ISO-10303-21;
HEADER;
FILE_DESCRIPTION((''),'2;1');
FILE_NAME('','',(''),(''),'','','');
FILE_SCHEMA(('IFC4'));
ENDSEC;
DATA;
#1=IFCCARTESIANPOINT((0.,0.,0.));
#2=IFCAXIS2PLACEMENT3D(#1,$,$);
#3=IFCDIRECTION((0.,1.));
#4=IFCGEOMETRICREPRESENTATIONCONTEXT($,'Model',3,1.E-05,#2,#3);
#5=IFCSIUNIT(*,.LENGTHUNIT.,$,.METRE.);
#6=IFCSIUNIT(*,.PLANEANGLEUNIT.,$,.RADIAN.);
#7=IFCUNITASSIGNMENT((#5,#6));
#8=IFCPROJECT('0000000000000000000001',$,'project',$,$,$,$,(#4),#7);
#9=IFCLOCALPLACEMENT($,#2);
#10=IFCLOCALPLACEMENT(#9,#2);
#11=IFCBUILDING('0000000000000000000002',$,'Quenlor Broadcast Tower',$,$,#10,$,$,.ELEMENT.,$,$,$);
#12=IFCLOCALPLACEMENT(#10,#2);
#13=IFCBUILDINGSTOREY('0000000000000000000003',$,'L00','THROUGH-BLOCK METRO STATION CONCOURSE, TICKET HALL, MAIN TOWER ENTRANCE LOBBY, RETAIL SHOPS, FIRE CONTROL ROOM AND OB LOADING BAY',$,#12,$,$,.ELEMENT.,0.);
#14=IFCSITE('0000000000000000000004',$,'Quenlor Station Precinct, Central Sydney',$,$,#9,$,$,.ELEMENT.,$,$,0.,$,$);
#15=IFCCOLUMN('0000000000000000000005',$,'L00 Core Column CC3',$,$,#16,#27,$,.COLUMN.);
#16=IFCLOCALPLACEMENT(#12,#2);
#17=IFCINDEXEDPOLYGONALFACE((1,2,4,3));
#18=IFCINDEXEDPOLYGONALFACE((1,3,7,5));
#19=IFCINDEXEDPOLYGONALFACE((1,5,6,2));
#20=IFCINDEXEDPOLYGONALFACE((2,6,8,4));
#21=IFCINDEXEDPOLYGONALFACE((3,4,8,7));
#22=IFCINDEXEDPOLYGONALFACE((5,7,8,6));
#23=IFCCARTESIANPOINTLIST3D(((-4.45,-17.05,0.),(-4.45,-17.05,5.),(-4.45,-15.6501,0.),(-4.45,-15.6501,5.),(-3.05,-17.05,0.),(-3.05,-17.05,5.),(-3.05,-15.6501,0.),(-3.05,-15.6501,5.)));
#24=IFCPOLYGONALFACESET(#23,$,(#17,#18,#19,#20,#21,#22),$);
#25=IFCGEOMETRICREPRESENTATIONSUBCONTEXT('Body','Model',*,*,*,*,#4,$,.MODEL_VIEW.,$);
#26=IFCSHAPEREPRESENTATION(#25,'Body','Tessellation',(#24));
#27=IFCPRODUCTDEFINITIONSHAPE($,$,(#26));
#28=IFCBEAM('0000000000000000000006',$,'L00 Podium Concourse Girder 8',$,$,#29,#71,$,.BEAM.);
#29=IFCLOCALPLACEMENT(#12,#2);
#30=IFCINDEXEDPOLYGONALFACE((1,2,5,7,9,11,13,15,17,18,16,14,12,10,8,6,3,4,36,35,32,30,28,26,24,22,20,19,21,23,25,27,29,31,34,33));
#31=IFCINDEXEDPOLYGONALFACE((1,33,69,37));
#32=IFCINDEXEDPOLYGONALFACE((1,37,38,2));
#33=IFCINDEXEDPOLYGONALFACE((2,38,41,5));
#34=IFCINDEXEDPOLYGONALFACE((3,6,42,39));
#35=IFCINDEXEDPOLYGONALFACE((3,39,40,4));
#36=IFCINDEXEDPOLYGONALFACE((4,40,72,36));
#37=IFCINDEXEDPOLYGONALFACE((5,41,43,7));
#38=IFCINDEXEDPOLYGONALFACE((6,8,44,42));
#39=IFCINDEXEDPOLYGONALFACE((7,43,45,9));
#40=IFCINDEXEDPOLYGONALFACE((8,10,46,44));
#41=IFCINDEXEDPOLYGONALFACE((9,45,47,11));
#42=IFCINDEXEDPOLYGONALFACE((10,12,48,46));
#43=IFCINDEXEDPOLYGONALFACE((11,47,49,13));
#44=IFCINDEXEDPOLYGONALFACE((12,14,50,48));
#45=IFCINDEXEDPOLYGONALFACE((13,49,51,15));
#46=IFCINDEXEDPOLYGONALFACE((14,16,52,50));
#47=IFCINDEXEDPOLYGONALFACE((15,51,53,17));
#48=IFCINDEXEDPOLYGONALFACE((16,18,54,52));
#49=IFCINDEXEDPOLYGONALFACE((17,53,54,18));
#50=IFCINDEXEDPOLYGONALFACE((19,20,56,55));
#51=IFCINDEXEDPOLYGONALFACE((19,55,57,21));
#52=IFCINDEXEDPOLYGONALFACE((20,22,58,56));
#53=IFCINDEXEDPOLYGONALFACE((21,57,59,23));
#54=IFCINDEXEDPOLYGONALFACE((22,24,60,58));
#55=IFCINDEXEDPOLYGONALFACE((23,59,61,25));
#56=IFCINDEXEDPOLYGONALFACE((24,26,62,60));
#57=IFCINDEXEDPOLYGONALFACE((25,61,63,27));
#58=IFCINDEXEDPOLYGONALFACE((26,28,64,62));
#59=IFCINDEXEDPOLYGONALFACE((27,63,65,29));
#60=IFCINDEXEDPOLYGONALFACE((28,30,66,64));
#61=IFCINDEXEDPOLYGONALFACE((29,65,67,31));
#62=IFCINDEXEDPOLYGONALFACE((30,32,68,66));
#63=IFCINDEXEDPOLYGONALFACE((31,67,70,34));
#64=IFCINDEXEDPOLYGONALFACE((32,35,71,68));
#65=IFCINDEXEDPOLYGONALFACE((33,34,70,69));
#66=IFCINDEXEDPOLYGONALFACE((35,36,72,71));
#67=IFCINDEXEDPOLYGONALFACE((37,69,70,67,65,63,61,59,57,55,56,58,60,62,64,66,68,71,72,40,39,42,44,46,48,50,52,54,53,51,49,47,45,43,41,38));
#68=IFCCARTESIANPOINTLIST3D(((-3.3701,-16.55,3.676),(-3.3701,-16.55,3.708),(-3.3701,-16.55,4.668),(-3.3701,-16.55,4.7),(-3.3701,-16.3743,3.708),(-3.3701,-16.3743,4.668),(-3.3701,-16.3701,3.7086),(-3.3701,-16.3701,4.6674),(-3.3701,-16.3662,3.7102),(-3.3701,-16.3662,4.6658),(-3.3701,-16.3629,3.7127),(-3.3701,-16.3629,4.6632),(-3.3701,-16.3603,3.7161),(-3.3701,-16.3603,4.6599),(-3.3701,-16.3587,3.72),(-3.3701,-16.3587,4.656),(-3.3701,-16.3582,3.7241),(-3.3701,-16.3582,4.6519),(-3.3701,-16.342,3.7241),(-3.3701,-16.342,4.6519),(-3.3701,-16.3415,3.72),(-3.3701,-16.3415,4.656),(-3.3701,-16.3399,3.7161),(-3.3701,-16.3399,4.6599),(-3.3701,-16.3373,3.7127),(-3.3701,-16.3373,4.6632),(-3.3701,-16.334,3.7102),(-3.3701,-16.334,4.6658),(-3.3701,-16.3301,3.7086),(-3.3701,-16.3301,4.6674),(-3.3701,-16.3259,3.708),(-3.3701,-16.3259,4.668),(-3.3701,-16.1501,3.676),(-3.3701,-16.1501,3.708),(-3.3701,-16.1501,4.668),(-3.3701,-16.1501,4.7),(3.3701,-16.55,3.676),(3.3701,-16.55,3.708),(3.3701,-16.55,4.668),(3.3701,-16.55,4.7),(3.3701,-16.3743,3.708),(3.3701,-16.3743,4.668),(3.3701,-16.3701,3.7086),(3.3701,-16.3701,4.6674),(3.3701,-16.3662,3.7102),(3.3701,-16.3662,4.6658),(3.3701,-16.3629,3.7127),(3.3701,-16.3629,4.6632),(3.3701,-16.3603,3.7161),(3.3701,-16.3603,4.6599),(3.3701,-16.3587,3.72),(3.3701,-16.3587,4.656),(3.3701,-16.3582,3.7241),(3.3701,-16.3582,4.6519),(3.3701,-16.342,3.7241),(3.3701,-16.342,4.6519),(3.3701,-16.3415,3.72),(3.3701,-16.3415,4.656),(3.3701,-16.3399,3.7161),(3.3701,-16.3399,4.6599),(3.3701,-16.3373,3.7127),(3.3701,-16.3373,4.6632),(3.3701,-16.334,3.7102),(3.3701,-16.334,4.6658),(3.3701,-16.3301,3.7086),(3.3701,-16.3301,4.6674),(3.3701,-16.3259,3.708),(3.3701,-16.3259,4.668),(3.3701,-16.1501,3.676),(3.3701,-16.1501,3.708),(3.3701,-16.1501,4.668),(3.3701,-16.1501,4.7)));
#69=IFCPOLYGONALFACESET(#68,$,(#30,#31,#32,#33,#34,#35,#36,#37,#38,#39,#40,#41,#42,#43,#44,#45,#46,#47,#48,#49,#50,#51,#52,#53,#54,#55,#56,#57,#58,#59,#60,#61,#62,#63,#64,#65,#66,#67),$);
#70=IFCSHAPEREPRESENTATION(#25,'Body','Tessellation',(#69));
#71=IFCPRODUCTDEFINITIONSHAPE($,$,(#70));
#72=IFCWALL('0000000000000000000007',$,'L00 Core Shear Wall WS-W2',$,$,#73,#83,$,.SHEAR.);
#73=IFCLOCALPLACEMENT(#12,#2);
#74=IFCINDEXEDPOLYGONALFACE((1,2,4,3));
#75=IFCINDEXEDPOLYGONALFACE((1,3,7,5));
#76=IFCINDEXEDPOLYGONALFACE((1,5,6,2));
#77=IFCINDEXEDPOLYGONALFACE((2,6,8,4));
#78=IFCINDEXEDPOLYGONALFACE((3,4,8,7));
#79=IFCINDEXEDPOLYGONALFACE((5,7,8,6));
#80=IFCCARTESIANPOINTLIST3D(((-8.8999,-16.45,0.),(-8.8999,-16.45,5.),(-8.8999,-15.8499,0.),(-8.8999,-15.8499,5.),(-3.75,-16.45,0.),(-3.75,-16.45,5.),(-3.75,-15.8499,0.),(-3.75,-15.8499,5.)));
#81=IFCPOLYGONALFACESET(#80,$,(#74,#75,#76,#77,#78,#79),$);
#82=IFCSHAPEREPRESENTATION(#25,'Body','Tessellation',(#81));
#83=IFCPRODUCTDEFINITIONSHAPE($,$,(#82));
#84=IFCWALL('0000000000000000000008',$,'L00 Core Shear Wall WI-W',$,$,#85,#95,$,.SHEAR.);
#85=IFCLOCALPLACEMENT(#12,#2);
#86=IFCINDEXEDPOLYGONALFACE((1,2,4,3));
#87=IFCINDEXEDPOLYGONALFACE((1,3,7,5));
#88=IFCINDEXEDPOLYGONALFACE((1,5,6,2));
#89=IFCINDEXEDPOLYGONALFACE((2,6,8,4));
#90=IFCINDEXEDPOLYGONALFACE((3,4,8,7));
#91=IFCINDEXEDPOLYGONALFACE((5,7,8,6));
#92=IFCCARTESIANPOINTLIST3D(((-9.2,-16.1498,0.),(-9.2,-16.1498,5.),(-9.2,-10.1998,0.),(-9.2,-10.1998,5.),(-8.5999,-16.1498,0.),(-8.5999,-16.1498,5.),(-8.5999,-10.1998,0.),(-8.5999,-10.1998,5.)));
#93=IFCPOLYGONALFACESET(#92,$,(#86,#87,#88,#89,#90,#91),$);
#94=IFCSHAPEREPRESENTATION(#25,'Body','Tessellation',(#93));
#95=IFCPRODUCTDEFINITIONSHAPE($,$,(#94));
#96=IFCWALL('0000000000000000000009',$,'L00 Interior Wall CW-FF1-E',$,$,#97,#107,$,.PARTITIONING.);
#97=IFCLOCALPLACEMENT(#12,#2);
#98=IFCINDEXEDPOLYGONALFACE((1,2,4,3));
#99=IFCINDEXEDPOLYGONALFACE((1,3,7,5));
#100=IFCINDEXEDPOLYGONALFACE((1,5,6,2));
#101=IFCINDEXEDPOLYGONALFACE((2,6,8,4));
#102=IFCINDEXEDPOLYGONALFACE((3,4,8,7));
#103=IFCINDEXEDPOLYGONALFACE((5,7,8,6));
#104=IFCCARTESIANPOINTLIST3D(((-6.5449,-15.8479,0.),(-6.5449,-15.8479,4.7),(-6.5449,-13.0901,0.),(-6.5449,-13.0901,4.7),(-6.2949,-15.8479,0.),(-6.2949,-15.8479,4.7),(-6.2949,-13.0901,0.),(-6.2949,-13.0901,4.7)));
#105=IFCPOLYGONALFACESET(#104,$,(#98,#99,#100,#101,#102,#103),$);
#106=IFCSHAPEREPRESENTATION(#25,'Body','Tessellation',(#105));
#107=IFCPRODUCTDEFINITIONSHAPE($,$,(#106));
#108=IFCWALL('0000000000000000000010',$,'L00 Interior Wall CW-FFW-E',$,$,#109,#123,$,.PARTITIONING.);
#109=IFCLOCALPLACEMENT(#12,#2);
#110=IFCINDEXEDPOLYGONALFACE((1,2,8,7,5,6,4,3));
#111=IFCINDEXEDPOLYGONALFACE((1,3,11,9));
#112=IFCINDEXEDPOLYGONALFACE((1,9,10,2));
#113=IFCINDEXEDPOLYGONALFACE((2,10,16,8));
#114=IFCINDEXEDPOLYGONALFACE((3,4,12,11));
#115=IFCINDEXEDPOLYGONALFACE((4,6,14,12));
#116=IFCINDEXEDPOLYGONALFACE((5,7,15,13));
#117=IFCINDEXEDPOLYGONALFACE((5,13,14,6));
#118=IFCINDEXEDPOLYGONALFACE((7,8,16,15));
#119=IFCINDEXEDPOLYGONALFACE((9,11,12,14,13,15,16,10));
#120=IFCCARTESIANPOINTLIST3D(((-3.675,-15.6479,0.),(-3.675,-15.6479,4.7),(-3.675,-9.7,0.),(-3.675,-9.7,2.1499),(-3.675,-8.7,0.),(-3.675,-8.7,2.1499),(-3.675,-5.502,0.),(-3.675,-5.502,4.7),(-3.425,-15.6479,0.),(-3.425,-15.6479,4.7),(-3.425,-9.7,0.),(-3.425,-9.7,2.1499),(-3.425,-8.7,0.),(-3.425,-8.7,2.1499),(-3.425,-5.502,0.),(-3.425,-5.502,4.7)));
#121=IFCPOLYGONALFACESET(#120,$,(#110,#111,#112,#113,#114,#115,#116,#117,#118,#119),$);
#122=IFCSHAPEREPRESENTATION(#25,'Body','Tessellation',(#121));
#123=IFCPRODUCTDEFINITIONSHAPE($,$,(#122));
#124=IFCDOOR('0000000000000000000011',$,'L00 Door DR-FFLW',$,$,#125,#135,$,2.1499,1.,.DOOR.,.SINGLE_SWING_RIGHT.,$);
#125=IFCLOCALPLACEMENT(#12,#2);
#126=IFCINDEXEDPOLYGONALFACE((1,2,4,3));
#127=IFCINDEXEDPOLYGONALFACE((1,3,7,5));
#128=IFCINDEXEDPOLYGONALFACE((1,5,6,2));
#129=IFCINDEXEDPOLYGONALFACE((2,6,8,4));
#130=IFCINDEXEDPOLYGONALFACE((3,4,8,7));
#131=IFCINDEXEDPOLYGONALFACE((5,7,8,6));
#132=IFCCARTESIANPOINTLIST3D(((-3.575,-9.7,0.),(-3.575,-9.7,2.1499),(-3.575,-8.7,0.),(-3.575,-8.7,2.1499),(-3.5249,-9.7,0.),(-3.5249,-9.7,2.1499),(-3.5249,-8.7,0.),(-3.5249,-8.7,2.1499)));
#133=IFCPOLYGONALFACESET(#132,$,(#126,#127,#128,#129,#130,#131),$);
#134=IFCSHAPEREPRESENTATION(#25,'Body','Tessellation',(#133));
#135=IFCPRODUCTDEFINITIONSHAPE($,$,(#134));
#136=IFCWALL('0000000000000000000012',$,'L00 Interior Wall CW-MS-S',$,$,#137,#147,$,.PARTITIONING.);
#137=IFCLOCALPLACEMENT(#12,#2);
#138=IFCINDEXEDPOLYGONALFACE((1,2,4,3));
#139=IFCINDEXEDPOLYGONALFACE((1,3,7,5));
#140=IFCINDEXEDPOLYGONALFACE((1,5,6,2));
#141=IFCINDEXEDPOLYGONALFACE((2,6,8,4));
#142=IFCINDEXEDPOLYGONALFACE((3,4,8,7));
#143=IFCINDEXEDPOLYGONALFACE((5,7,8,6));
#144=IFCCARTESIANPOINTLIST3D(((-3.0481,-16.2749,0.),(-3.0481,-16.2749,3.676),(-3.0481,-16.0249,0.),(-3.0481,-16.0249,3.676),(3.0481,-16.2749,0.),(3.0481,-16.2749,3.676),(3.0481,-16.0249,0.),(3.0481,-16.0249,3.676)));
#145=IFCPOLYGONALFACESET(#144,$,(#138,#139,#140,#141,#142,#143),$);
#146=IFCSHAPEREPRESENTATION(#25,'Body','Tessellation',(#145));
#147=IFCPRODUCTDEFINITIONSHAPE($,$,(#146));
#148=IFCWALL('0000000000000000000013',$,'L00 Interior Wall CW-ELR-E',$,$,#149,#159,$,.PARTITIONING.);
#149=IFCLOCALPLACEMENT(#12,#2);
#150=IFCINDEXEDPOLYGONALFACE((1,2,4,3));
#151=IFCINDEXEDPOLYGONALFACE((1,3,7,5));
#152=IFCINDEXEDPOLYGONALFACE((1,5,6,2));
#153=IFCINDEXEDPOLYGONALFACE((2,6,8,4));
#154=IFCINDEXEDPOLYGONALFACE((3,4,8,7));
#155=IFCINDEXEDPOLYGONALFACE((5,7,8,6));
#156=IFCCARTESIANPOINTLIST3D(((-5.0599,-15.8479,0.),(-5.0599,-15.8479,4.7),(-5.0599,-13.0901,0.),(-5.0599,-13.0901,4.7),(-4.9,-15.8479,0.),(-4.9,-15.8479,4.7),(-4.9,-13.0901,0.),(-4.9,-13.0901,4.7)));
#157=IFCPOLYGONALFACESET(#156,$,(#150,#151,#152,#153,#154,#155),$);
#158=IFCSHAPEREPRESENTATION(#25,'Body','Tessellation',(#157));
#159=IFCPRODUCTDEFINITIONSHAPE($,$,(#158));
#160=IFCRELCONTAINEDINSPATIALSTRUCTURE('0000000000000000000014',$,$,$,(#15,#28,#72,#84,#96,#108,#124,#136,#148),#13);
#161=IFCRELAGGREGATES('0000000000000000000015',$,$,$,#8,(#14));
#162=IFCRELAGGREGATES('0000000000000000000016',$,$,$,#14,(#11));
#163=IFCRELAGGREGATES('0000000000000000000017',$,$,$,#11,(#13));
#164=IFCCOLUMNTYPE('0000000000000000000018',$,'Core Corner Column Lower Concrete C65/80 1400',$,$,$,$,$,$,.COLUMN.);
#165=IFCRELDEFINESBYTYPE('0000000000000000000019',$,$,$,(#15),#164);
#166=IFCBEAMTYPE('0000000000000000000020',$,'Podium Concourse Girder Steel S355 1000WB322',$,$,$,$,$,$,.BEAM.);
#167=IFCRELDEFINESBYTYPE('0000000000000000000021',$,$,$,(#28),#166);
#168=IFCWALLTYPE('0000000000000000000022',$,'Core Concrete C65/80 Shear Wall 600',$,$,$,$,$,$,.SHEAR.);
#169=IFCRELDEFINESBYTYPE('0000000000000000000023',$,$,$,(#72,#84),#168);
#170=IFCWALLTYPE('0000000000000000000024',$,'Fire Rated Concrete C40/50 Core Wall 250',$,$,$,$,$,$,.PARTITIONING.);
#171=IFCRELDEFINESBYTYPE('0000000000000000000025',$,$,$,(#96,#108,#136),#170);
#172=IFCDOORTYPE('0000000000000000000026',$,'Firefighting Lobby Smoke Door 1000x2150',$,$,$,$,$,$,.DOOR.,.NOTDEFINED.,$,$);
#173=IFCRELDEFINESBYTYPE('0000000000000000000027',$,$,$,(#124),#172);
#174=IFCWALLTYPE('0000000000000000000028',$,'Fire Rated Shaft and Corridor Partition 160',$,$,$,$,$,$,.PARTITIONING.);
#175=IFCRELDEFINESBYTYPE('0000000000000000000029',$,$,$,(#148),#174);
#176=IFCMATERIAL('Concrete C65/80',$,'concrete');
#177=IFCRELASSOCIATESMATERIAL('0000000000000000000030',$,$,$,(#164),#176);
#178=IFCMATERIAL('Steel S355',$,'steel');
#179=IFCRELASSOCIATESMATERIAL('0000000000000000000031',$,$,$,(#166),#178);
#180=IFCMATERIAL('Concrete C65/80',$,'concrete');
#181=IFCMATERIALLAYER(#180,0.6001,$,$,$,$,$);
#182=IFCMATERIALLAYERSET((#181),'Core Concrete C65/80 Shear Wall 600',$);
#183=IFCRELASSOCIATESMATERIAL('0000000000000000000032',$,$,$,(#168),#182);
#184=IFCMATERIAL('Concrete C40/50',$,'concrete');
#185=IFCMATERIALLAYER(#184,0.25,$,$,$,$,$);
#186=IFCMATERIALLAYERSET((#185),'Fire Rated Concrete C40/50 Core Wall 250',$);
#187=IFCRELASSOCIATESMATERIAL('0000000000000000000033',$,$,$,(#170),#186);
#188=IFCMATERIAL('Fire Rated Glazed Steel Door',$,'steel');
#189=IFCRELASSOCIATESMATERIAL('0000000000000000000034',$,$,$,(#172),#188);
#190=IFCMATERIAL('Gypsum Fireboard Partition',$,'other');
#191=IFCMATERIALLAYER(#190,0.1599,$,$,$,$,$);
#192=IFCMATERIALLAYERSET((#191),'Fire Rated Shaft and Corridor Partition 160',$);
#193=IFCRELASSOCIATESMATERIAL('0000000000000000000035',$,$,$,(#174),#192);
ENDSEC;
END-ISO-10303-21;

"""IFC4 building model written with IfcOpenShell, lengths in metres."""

from ifc_helpers import new_model, si_unit, direction, frame, frame_2d, origin, origin_2d, place, context, subcontext, project, spatial, rectangle, i_section, extrude, material, layer, layer_set, material_profile, profile_set, type_object, element, fill, save


model = new_model("IFC4")

# Units and contexts
model_context = context("Model", 3, precision=1e-05, world=origin(), true_north=direction((0.0, 1.0)))
body_context = subcontext(model_context, "Body", "Model", "MODEL_VIEW")
ifc_project = project(units=[si_unit("LENGTHUNIT", "METRE"), si_unit("PLANEANGLEUNIT", "RADIAN")], contexts=[model_context])

# Site, building, storey
site_placement = place(None, origin())
site = spatial("IfcSite", under=ifc_project, at=site_placement, Name="Quenlor Station Precinct, Central Sydney", CompositionType="ELEMENT", RefElevation=0.0)
building_placement = place(site_placement, origin())
building = spatial("IfcBuilding", under=site, at=building_placement, Name="Quenlor Broadcast Tower", CompositionType="ELEMENT")
storey_placement = place(building_placement, origin())
storey = spatial("IfcBuildingStorey", under=building, at=storey_placement, Name="L00", Description="THROUGH-BLOCK METRO STATION CONCOURSE, TICKET HALL, MAIN TOWER ENTRANCE LOBBY, RETAIL SHOPS, FIRE CONTROL ROOM AND OB LOADING BAY", CompositionType="ELEMENT", Elevation=0.0)

# Column
ifc_material_1 = material(Name="Concrete C65/80", Category="concrete")
ifc_material_profile_1 = material_profile(ifc_material_1, rectangle(XDim=1.3999, YDim=1.3999, at=origin_2d()))
ifc_profile_set_1 = profile_set([ifc_material_profile_1], Name="Concrete C65/80 RC1400x1400")
column_type = type_object("IfcColumnType", Name="Core Corner Column Lower Concrete C65/80 1400", PredefinedType="COLUMN", material=ifc_profile_set_1)
column_placement = place(storey_placement, frame((-3.75, -16.3501, 0.0), z_axis=(0.0, 0.0, 1.0), x_axis=(1.0, 0.0, 0.0)))
element("IfcColumn", 1, at=column_placement, inside=storey, type_object=column_type, Name="L00 Core Column CC3", PredefinedType="COLUMN", context=body_context, shape_type="SweptSolid", body=[
    extrude(rectangle(XDim=1.3999, YDim=1.3999, at=origin_2d()), origin(), (0.0, 0.0, 1.0), 5.0),
])

# Beam
ifc_material_2 = material(Name="Steel S355", Category="steel")
ifc_material_profile_2 = material_profile(ifc_material_2, i_section(OverallWidth=0.3999, OverallDepth=1.0239, WebThickness=0.0161, FlangeThickness=0.032, FilletRadius=0.0161, at=origin_2d()))
ifc_profile_set_2 = profile_set([ifc_material_profile_2], Name="Steel S355 1000WB322")
beam_type = type_object("IfcBeamType", Name="Podium Concourse Girder Steel S355 1000WB322", PredefinedType="BEAM", material=ifc_profile_set_2)
beam_placement = place(storey_placement, frame((-3.3701, -16.3501, 4.188), z_axis=(1.0, 0.0, 0.0), x_axis=(0.0, 1.0, 0.0)))
element("IfcBeam", 2, at=beam_placement, inside=storey, type_object=beam_type, Name="L00 Podium Concourse Girder 8", PredefinedType="BEAM", context=body_context, shape_type="SweptSolid", body=[
    extrude(i_section(OverallWidth=0.3999, OverallDepth=1.0239, WebThickness=0.0161, FlangeThickness=0.032, FilletRadius=0.0161, at=origin_2d()), origin(), (0.0, 0.0, 1.0), 6.7402),
])

# Walls
ifc_material_3 = material(Name="Concrete C65/80", Category="concrete")
ifc_layer_1 = layer(ifc_material_3, 0.6001)
ifc_layer_set_1 = layer_set([ifc_layer_1], Name="Core Concrete C65/80 Shear Wall 600")
wall_type_1 = type_object("IfcWallType", Name="Core Concrete C65/80 Shear Wall 600", PredefinedType="SHEAR", material=ifc_layer_set_1)
wall_1_placement = place(storey_placement, frame((-8.8999, -16.1499, 0.0), z_axis=(0.0, 0.0, 1.0), x_axis=(1.0, 0.0, 0.0)))
element("IfcWall", 3, at=wall_1_placement, inside=storey, type_object=wall_type_1, Name="L00 Core Shear Wall WS-W2", PredefinedType="SHEAR", context=body_context, shape_type="SweptSolid", body=[
    extrude(rectangle(XDim=5.1499, YDim=0.6001, at=frame_2d((2.575, 0.0))), origin(), (0.0, 0.0, 1.0), 5.0),
])
wall_2_placement = place(storey_placement, frame((-8.8999, -16.1499, 0.0), z_axis=(0.0, 0.0, 1.0), x_axis=(0.0, 1.0, 0.0)))
element("IfcWall", 4, at=wall_2_placement, inside=storey, type_object=wall_type_1, Name="L00 Core Shear Wall WI-W", PredefinedType="SHEAR", context=body_context, shape_type="SweptSolid", body=[
    extrude(rectangle(XDim=5.95, YDim=0.6001, at=frame_2d((2.9751, 0.0))), origin(), (0.0, 0.0, 1.0), 5.0),
])

# Shared definitions
ifc_material_4 = material(Name="Concrete C40/50", Category="concrete")
ifc_layer_2 = layer(ifc_material_4, 0.25)
ifc_layer_set_2 = layer_set([ifc_layer_2], Name="Fire Rated Concrete C40/50 Core Wall 250")
wall_type_2 = type_object("IfcWallType", Name="Fire Rated Concrete C40/50 Core Wall 250", PredefinedType="PARTITIONING", material=ifc_layer_set_2)

# Wall
wall_3_placement = place(storey_placement, frame((-6.4199, -15.8479, 0.0), z_axis=(0.0, 0.0, 1.0), x_axis=(0.0, 1.0, 0.0)))
element("IfcWall", 5, at=wall_3_placement, inside=storey, type_object=wall_type_2, Name="L00 Interior Wall CW-FF1-E", PredefinedType="PARTITIONING", context=body_context, shape_type="SweptSolid", body=[
    extrude(rectangle(XDim=2.7578, YDim=0.25, at=frame_2d((1.3789, 0.0))), origin(), (0.0, 0.0, 1.0), 4.7),
])

# Wall, opening, door
wall_4_placement = place(storey_placement, frame((-3.55, -15.6479, 0.0), z_axis=(0.0, 0.0, 1.0), x_axis=(0.0, 1.0, 0.0)))
wall_4 = element("IfcWall", 6, at=wall_4_placement, inside=storey, type_object=wall_type_2, Name="L00 Interior Wall CW-FFW-E", PredefinedType="PARTITIONING", context=body_context, shape_type="SweptSolid", body=[
    extrude(rectangle(XDim=10.146, YDim=0.25, at=frame_2d((5.073, 0.0))), origin(), (0.0, 0.0, 1.0), 4.7),
])
opening_1_placement = place(wall_4_placement, frame((5.948, 0.0, 0.0)))
opening_1 = element("IfcOpeningElement", 7, at=opening_1_placement, cuts=wall_4, PredefinedType="OPENING", context=body_context, shape_type="SweptSolid", body=[
    extrude(rectangle(XDim=1.0, YDim=2.1499, at=frame_2d((0.5, 1.075))), frame((0.0, 0.135, 0.0), z_axis=(0.0, -1.0, 0.0), x_axis=(1.0, 0.0, 0.0)), (0.0, 0.0, 1.0), 0.27),
])
ifc_material_5 = material(Name="Fire Rated Glazed Steel Door", Category="steel")
door_type_1 = type_object("IfcDoorType", Name="Firefighting Lobby Smoke Door 1000x2150", OperationType="NOTDEFINED", PredefinedType="DOOR", material=ifc_material_5)
door_1_placement = place(opening_1_placement, origin())
door_1 = element("IfcDoor", 8, at=door_1_placement, inside=storey, type_object=door_type_1, Name="L00 Door DR-FFLW", OperationType="SINGLE_SWING_RIGHT", OverallHeight=2.1499, OverallWidth=1.0, PredefinedType="DOOR", context=body_context, shape_type="SweptSolid", body=[
    extrude(rectangle(XDim=1.0, YDim=2.1499, at=frame_2d((0.5, 1.075))), frame((0.0, 0.0249, 0.0), z_axis=(0.0, -1.0, 0.0), x_axis=(1.0, 0.0, 0.0)), (0.0, 0.0, 1.0), 0.05),
])
fill(opening_1, door_1)

# Walls
wall_5_placement = place(storey_placement, frame((-3.0481, -16.1499, 0.0), z_axis=(0.0, 0.0, 1.0), x_axis=(1.0, 0.0, 0.0)))
element("IfcWall", 9, at=wall_5_placement, inside=storey, type_object=wall_type_2, Name="L00 Interior Wall CW-MS-S", PredefinedType="PARTITIONING", context=body_context, shape_type="SweptSolid", body=[
    extrude(rectangle(XDim=6.0962, YDim=0.25, at=frame_2d((3.0481, 0.0))), origin(), (0.0, 0.0, 1.0), 3.676),
])
ifc_material_6 = material(Name="Gypsum Fireboard Partition", Category="other")
ifc_layer_3 = layer(ifc_material_6, 0.1599)
ifc_layer_set_3 = layer_set([ifc_layer_3], Name="Fire Rated Shaft and Corridor Partition 160")
wall_type_3 = type_object("IfcWallType", Name="Fire Rated Shaft and Corridor Partition 160", PredefinedType="PARTITIONING", material=ifc_layer_set_3)
wall_6_placement = place(storey_placement, frame((-4.98, -15.8479, 0.0), z_axis=(0.0, 0.0, 1.0), x_axis=(0.0, 1.0, 0.0)))
element("IfcWall", 10, at=wall_6_placement, inside=storey, type_object=wall_type_3, Name="L00 Interior Wall CW-ELR-E", PredefinedType="PARTITIONING", context=body_context, shape_type="SweptSolid", body=[
    extrude(rectangle(XDim=2.7578, YDim=0.1599, at=frame_2d((1.3789, 0.0))), origin(), (0.0, 0.0, 1.0), 4.7),
])

save(model, "model.ifc")
